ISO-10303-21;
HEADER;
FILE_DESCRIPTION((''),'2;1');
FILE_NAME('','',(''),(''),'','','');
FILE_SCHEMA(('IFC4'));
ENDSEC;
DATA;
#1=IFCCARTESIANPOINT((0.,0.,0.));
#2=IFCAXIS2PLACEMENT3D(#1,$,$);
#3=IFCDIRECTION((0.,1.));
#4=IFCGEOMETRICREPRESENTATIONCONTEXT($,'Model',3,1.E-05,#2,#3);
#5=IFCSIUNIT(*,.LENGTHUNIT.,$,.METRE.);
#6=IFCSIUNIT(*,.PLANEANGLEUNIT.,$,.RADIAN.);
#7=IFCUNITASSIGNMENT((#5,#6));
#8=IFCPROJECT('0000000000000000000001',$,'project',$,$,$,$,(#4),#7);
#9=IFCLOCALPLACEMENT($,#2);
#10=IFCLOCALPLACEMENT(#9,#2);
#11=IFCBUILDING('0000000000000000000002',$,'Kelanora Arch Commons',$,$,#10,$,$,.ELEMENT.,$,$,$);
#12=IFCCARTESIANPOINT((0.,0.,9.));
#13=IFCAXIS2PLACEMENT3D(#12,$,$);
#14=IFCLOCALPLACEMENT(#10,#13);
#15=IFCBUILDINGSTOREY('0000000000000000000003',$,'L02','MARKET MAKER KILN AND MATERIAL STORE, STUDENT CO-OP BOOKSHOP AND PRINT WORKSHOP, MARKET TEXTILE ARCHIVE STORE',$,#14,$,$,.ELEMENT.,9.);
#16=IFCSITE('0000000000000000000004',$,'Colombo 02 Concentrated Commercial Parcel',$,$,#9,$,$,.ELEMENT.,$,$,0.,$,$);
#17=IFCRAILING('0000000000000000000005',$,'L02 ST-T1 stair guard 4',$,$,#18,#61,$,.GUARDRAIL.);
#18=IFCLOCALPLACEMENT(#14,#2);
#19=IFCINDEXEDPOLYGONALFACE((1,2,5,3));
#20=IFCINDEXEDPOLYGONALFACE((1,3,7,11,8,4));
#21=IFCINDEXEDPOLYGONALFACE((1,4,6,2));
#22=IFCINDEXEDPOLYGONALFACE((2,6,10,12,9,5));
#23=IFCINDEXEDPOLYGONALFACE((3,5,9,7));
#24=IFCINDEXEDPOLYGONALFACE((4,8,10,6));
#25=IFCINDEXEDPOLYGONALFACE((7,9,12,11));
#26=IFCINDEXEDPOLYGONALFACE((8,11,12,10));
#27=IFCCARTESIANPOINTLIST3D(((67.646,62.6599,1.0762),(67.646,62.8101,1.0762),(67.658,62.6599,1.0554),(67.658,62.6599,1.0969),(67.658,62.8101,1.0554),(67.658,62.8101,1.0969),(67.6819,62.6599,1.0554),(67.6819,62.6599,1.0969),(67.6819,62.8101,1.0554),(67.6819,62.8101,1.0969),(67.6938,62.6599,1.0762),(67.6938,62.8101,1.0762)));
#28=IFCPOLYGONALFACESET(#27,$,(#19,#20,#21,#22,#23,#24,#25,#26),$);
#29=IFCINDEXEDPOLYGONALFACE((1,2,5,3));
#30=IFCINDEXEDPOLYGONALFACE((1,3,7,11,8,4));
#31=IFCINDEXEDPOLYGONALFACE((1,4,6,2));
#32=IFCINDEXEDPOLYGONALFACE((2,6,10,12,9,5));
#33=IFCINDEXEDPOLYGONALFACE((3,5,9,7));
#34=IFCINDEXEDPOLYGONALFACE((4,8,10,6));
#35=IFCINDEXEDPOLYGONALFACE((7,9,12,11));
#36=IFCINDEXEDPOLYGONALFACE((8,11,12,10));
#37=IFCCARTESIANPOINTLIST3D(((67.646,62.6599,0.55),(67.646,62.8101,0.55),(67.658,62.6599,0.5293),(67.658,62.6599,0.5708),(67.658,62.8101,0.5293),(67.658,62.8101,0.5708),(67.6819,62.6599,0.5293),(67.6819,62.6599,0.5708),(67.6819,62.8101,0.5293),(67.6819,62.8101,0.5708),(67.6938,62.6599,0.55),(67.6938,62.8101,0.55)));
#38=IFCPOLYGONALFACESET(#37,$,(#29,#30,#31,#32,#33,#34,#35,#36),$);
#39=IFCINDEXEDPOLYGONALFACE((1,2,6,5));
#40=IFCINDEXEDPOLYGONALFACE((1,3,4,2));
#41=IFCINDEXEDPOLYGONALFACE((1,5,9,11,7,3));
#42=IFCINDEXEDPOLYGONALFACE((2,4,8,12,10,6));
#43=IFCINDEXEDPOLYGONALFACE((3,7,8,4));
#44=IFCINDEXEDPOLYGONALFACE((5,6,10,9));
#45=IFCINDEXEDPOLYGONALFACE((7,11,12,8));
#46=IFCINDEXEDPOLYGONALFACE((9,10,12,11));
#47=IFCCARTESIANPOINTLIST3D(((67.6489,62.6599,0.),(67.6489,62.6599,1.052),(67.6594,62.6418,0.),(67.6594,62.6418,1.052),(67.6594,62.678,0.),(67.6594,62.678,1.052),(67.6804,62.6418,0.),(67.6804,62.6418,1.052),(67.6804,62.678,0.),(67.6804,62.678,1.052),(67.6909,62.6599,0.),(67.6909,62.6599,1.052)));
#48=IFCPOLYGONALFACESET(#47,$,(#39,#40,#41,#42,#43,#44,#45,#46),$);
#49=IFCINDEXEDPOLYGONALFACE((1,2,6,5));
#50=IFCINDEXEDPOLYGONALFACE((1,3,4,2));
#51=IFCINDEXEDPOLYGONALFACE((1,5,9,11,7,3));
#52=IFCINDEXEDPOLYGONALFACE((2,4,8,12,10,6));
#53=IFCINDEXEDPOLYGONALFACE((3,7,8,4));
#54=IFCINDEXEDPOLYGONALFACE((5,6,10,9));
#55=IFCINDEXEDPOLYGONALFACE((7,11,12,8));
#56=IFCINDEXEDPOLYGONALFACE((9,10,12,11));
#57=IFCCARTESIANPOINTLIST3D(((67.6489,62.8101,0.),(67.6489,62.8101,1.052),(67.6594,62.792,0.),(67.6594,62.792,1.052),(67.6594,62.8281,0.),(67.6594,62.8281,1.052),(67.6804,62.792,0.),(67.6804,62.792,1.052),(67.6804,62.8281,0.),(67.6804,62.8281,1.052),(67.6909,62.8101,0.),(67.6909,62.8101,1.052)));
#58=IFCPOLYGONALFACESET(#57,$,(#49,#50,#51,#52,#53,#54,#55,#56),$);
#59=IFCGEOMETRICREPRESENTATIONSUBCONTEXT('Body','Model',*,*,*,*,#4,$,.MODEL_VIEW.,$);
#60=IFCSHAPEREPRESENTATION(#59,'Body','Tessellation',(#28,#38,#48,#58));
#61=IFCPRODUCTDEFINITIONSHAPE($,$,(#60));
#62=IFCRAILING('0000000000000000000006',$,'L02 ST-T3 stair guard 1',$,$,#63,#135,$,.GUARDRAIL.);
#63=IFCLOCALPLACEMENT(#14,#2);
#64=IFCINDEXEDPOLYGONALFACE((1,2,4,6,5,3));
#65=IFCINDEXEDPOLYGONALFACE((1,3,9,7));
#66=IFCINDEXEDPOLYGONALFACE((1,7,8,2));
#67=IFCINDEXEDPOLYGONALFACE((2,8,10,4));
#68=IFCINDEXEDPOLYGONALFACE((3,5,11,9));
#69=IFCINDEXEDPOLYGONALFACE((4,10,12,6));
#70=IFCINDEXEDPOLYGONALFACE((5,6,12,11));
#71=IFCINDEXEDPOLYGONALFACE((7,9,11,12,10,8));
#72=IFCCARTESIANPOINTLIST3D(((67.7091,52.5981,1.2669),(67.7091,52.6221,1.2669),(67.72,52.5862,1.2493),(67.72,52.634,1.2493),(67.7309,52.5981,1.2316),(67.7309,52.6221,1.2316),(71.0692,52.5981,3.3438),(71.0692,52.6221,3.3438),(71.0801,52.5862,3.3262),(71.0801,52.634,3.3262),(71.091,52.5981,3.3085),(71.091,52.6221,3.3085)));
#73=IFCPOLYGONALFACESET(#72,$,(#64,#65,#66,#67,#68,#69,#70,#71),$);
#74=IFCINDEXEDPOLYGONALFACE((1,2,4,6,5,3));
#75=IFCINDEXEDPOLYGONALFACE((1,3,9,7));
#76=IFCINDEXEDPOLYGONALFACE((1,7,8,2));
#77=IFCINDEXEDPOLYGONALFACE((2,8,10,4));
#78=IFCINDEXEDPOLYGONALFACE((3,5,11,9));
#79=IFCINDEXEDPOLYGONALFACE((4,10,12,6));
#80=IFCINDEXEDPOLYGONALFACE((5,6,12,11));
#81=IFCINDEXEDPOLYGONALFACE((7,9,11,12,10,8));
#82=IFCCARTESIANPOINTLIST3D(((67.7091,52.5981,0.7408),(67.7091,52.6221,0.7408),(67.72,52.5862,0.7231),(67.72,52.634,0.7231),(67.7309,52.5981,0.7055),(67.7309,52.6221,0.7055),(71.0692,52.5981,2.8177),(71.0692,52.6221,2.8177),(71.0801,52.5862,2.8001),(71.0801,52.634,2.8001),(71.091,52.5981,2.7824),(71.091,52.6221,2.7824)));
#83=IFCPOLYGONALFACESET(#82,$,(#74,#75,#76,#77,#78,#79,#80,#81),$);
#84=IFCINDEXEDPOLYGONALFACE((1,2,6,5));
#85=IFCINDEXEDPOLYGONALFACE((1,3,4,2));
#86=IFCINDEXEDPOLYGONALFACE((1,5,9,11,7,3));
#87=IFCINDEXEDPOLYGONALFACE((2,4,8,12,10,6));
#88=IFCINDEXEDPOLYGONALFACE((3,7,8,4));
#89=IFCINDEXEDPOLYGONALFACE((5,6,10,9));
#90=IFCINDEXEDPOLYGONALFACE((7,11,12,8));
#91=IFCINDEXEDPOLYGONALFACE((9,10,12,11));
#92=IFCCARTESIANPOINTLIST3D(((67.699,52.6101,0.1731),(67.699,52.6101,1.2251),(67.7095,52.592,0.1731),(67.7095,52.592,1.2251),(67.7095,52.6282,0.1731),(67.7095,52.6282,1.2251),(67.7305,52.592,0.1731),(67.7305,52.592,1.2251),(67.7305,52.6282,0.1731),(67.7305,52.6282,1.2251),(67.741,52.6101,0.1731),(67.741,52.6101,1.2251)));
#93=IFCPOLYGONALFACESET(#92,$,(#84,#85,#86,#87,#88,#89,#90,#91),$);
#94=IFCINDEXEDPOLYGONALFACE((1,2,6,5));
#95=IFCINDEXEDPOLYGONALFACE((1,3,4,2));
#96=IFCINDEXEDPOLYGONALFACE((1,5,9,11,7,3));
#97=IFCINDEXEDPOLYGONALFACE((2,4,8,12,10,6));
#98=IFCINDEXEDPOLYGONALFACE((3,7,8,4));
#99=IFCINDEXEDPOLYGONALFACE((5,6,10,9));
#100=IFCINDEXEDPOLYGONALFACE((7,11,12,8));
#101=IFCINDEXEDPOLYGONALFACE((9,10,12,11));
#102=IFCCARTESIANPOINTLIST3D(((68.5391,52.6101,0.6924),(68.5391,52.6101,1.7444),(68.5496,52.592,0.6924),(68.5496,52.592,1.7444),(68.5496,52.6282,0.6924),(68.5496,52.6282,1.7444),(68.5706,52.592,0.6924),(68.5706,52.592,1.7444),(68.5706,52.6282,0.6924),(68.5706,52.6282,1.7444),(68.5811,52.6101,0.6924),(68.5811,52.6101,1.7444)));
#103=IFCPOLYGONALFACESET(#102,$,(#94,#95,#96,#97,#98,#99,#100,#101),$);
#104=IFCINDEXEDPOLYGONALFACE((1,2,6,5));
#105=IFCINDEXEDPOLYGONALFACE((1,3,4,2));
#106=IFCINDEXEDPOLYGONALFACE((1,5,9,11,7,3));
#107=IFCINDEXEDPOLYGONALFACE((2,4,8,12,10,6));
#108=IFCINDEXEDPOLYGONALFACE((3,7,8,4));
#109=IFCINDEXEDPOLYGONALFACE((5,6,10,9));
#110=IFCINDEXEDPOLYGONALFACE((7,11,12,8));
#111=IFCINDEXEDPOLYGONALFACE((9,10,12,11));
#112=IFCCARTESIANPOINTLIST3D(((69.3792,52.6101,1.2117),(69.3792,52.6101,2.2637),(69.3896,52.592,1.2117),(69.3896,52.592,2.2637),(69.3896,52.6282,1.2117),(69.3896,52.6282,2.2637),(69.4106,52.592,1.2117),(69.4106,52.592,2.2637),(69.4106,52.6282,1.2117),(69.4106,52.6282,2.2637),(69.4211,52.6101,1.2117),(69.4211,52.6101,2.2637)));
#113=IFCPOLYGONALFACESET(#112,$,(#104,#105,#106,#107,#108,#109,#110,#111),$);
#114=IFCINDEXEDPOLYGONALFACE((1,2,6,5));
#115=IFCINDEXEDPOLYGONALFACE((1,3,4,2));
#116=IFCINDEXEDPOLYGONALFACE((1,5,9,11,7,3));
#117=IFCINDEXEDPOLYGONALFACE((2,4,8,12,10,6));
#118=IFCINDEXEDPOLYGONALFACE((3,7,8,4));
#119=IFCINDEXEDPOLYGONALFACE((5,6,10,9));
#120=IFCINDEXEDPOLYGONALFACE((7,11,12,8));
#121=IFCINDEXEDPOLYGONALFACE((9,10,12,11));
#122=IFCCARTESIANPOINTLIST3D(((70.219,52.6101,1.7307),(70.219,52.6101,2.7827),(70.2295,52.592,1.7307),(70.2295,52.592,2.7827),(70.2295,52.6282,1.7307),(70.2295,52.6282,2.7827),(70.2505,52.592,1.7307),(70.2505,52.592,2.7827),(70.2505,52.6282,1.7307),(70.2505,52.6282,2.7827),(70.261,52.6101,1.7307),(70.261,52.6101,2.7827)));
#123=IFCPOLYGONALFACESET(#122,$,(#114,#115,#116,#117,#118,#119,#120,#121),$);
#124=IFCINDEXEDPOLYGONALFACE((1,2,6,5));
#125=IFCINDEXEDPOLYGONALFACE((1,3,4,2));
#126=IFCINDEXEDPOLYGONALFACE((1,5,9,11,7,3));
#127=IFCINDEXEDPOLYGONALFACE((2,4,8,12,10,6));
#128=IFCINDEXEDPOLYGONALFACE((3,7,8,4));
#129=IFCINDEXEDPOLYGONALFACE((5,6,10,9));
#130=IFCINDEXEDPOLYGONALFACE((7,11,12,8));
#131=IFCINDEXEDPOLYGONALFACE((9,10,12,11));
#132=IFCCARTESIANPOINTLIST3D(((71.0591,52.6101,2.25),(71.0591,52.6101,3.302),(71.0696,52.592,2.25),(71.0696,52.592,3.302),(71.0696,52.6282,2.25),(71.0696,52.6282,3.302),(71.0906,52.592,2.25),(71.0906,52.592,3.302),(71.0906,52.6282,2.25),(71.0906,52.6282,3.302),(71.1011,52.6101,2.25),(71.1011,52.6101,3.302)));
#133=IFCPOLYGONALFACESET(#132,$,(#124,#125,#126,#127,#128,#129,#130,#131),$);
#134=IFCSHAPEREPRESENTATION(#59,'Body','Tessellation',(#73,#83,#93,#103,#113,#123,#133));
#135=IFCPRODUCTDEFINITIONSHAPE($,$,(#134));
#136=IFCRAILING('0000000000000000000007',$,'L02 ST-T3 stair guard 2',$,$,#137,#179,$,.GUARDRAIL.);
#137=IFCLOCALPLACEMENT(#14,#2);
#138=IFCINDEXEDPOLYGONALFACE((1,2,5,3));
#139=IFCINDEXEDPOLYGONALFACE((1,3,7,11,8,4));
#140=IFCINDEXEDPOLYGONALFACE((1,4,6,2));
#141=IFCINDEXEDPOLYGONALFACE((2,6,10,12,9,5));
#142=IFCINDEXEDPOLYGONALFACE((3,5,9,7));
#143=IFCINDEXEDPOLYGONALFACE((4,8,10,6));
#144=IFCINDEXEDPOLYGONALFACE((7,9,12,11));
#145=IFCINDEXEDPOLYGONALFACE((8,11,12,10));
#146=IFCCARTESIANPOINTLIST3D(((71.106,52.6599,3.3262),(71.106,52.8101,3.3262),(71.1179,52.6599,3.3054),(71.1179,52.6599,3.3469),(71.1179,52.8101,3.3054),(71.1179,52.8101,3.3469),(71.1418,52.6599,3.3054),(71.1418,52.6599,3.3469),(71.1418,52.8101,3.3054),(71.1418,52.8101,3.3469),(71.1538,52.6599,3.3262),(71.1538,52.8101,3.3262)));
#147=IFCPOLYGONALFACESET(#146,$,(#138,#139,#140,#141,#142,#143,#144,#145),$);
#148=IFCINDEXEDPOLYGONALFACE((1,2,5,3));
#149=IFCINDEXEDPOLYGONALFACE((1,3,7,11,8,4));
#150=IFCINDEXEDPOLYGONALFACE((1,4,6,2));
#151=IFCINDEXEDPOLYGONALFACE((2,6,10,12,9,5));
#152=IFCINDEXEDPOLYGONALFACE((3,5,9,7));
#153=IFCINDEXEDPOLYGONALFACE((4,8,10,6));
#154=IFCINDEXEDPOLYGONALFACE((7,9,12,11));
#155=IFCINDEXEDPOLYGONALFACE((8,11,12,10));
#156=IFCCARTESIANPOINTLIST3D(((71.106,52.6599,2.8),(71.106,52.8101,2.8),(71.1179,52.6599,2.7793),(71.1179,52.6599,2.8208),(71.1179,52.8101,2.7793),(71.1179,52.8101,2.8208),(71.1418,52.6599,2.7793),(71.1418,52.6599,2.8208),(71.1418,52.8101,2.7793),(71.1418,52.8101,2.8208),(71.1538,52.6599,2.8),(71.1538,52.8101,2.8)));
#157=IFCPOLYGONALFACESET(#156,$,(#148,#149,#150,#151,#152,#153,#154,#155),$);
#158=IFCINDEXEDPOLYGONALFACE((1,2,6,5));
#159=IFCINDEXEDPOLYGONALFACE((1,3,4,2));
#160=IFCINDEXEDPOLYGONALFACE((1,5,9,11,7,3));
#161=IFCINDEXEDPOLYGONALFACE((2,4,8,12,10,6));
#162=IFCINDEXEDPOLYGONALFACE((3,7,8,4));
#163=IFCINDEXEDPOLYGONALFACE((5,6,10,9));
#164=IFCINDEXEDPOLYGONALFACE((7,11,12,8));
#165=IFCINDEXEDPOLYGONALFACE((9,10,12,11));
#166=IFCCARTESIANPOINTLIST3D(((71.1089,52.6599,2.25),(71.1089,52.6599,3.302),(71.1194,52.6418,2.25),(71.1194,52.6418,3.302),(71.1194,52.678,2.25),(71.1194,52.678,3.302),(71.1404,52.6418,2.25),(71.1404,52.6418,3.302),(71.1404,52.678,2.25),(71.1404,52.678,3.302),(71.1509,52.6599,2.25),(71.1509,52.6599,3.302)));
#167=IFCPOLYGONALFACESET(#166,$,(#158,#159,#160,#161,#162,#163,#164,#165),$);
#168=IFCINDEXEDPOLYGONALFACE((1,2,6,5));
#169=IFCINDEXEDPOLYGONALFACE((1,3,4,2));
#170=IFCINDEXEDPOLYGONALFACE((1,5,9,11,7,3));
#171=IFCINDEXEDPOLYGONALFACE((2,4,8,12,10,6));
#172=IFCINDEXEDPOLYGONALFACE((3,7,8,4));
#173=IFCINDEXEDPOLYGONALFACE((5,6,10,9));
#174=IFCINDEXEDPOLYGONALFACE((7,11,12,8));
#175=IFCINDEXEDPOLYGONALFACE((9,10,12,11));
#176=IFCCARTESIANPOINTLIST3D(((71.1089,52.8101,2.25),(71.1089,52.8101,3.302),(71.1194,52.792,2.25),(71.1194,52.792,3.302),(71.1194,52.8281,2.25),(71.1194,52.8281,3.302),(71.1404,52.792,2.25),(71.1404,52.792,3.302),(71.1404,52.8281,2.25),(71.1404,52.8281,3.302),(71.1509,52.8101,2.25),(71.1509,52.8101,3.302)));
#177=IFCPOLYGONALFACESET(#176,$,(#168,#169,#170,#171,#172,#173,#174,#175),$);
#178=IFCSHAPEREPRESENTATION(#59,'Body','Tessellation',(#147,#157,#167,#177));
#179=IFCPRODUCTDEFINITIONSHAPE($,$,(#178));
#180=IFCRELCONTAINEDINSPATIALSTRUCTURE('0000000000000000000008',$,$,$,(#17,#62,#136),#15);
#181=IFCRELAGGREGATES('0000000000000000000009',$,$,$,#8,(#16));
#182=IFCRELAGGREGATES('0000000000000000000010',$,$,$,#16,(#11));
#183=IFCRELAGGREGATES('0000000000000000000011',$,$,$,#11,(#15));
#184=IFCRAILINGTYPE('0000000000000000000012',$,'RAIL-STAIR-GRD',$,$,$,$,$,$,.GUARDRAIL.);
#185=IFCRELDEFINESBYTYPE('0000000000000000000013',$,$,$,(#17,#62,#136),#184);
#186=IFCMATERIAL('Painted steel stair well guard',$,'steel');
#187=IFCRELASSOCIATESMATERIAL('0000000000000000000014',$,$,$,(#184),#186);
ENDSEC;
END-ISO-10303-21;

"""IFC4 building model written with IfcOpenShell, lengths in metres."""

from ifc_helpers import new_model, si_unit, direction, frame, origin, place, context, subcontext, project, spatial, polyline, outline, extrude, material, type_object, element, save


model = new_model("IFC4")

# Units and contexts
model_context = context("Model", 3, precision=1e-05, world=origin(), true_north=direction((0.0, 1.0)))
body_context = subcontext(model_context, "Body", "Model", "MODEL_VIEW")
ifc_project = project(units=[si_unit("LENGTHUNIT", "METRE"), si_unit("PLANEANGLEUNIT", "RADIAN")], contexts=[model_context])

# Site, building, storey
site_placement = place(None, origin())
site = spatial("IfcSite", under=ifc_project, at=site_placement, Name="Colombo 02 Concentrated Commercial Parcel", CompositionType="ELEMENT", RefElevation=0.0)
building_placement = place(site_placement, origin())
building = spatial("IfcBuilding", under=site, at=building_placement, Name="Kelanora Arch Commons", CompositionType="ELEMENT")
storey_placement = place(building_placement, frame((0.0, 0.0, 9.0)))
storey = spatial("IfcBuildingStorey", under=building, at=storey_placement, Name="L02", Description="MARKET MAKER KILN AND MATERIAL STORE, STUDENT CO-OP BOOKSHOP AND PRINT WORKSHOP, MARKET TEXTILE ARCHIVE STORE", CompositionType="ELEMENT", Elevation=9.0)

# Railings
ifc_material_1 = material(Name="Painted steel stair well guard", Category="steel")
railing_type_1 = type_object("IfcRailingType", Name="RAIL-STAIR-GRD", PredefinedType="GUARDRAIL", material=ifc_material_1)
railing_1_placement = place(storey_placement, frame((67.6699, 62.6599, 0.0)))
element("IfcRailing", 1, at=railing_1_placement, inside=storey, type_object=railing_type_1, Name="L02 ST-T1 stair guard 4", PredefinedType="GUARDRAIL", context=body_context, shape_type="SweptSolid", body=[
    extrude(outline(polyline([(0.0239, 0.0), (0.012, 0.0208), (-0.012, 0.0208), (-0.0239, 0.0), (-0.012, -0.0208), (0.012, -0.0208), (0.0239, 0.0)])), frame((0.0, 0.0, 1.0762), z_axis=(0.0, 1.0, 0.0), x_axis=(-1.0, 0.0, 0.0)), (0.0, 0.0, 1.0), 0.1501),
    extrude(outline(polyline([(0.0239, 0.0), (0.012, 0.0208), (-0.012, 0.0208), (-0.0239, 0.0), (-0.012, -0.0208), (0.012, -0.0208), (0.0239, 0.0)])), frame((0.0, 0.0, 0.55), z_axis=(0.0, 1.0, 0.0), x_axis=(-1.0, 0.0, 0.0)), (0.0, 0.0, 1.0), 0.1501),
    extrude(outline(polyline([(0.021, 0.0), (0.0105, 0.0181), (-0.0105, 0.0181), (-0.021, 0.0), (-0.0105, -0.0181), (0.0105, -0.0181), (0.021, 0.0)])), origin(), (0.0, 0.0, 1.0), 1.052),
    extrude(outline(polyline([(0.021, 0.0), (0.0105, 0.0181), (-0.0105, 0.0181), (-0.021, 0.0), (-0.0105, -0.0181), (0.0105, -0.0181), (0.021, 0.0)])), frame((0.0, 0.1501, 0.0)), (0.0, 0.0, 1.0), 1.052),
])
railing_2_placement = place(storey_placement, frame((67.72, 52.6101, 0.1731)))
element("IfcRailing", 2, at=railing_2_placement, inside=storey, type_object=railing_type_1, Name="L02 ST-T3 stair guard 1", PredefinedType="GUARDRAIL", context=body_context, shape_type="SweptSolid", body=[
    extrude(outline(polyline([(0.0239, 0.0), (0.012, 0.0208), (-0.012, 0.0208), (-0.0239, 0.0), (-0.012, -0.0208), (0.012, -0.0208), (0.0239, 0.0)])), frame((0.0, 0.0, 1.0762), z_axis=(0.850623, 0.0, 0.525776), x_axis=(0.0, 1.0, 0.0)), (0.0, 0.0, 1.0), 3.9502),
    extrude(outline(polyline([(0.0239, 0.0), (0.012, 0.0208), (-0.012, 0.0208), (-0.0239, 0.0), (-0.012, -0.0208), (0.012, -0.0208), (0.0239, 0.0)])), frame((0.0, 0.0, 0.55), z_axis=(0.850623, 0.0, 0.525776), x_axis=(0.0, 1.0, 0.0)), (0.0, 0.0, 1.0), 3.9502),
    extrude(outline(polyline([(0.021, 0.0), (0.0105, 0.0181), (-0.0105, 0.0181), (-0.021, 0.0), (-0.0105, -0.0181), (0.0105, -0.0181), (0.021, 0.0)])), origin(), (0.0, 0.0, 1.0), 1.052),
    extrude(outline(polyline([(0.021, 0.0), (0.0105, 0.0181), (-0.0105, 0.0181), (-0.021, 0.0), (-0.0105, -0.0181), (0.0105, -0.0181), (0.021, 0.0)])), frame((0.8401, 0.0, 0.5193)), (0.0, 0.0, 1.0), 1.052),
    extrude(outline(polyline([(0.021, 0.0), (0.0105, 0.0181), (-0.0105, 0.0181), (-0.021, 0.0), (-0.0105, -0.0181), (0.0105, -0.0181), (0.021, 0.0)])), frame((1.6802, 0.0, 1.0386)), (0.0, 0.0, 1.0), 1.052),
    extrude(outline(polyline([(0.021, 0.0), (0.0105, 0.0181), (-0.0105, 0.0181), (-0.021, 0.0), (-0.0105, -0.0181), (0.0105, -0.0181), (0.021, 0.0)])), frame((2.52, 0.0, 1.5576)), (0.0, 0.0, 1.0), 1.052),
    extrude(outline(polyline([(0.021, 0.0), (0.0105, 0.0181), (-0.0105, 0.0181), (-0.021, 0.0), (-0.0105, -0.0181), (0.0105, -0.0181), (0.021, 0.0)])), frame((3.3601, 0.0, 2.0769)), (0.0, 0.0, 1.0), 1.052),
])
railing_3_placement = place(storey_placement, frame((71.1299, 52.6599, 2.25)))
element("IfcRailing", 3, at=railing_3_placement, inside=storey, type_object=railing_type_1, Name="L02 ST-T3 stair guard 2", PredefinedType="GUARDRAIL", context=body_context, shape_type="SweptSolid", body=[
    extrude(outline(polyline([(0.0239, 0.0), (0.012, 0.0208), (-0.012, 0.0208), (-0.0239, 0.0), (-0.012, -0.0208), (0.012, -0.0208), (0.0239, 0.0)])), frame((0.0, 0.0, 1.0762), z_axis=(0.0, 1.0, 0.0), x_axis=(-1.0, 0.0, 0.0)), (0.0, 0.0, 1.0), 0.1501),
    extrude(outline(polyline([(0.0239, 0.0), (0.012, 0.0208), (-0.012, 0.0208), (-0.0239, 0.0), (-0.012, -0.0208), (0.012, -0.0208), (0.0239, 0.0)])), frame((0.0, 0.0, 0.55), z_axis=(0.0, 1.0, 0.0), x_axis=(-1.0, 0.0, 0.0)), (0.0, 0.0, 1.0), 0.1501),
    extrude(outline(polyline([(0.021, 0.0), (0.0105, 0.0181), (-0.0105, 0.0181), (-0.021, 0.0), (-0.0105, -0.0181), (0.0105, -0.0181), (0.021, 0.0)])), origin(), (0.0, 0.0, 1.0), 1.052),
    extrude(outline(polyline([(0.021, 0.0), (0.0105, 0.0181), (-0.0105, 0.0181), (-0.021, 0.0), (-0.0105, -0.0181), (0.0105, -0.0181), (0.021, 0.0)])), frame((0.0, 0.1501, 0.0)), (0.0, 0.0, 1.0), 1.052),
])

save(model, "model.ifc")
